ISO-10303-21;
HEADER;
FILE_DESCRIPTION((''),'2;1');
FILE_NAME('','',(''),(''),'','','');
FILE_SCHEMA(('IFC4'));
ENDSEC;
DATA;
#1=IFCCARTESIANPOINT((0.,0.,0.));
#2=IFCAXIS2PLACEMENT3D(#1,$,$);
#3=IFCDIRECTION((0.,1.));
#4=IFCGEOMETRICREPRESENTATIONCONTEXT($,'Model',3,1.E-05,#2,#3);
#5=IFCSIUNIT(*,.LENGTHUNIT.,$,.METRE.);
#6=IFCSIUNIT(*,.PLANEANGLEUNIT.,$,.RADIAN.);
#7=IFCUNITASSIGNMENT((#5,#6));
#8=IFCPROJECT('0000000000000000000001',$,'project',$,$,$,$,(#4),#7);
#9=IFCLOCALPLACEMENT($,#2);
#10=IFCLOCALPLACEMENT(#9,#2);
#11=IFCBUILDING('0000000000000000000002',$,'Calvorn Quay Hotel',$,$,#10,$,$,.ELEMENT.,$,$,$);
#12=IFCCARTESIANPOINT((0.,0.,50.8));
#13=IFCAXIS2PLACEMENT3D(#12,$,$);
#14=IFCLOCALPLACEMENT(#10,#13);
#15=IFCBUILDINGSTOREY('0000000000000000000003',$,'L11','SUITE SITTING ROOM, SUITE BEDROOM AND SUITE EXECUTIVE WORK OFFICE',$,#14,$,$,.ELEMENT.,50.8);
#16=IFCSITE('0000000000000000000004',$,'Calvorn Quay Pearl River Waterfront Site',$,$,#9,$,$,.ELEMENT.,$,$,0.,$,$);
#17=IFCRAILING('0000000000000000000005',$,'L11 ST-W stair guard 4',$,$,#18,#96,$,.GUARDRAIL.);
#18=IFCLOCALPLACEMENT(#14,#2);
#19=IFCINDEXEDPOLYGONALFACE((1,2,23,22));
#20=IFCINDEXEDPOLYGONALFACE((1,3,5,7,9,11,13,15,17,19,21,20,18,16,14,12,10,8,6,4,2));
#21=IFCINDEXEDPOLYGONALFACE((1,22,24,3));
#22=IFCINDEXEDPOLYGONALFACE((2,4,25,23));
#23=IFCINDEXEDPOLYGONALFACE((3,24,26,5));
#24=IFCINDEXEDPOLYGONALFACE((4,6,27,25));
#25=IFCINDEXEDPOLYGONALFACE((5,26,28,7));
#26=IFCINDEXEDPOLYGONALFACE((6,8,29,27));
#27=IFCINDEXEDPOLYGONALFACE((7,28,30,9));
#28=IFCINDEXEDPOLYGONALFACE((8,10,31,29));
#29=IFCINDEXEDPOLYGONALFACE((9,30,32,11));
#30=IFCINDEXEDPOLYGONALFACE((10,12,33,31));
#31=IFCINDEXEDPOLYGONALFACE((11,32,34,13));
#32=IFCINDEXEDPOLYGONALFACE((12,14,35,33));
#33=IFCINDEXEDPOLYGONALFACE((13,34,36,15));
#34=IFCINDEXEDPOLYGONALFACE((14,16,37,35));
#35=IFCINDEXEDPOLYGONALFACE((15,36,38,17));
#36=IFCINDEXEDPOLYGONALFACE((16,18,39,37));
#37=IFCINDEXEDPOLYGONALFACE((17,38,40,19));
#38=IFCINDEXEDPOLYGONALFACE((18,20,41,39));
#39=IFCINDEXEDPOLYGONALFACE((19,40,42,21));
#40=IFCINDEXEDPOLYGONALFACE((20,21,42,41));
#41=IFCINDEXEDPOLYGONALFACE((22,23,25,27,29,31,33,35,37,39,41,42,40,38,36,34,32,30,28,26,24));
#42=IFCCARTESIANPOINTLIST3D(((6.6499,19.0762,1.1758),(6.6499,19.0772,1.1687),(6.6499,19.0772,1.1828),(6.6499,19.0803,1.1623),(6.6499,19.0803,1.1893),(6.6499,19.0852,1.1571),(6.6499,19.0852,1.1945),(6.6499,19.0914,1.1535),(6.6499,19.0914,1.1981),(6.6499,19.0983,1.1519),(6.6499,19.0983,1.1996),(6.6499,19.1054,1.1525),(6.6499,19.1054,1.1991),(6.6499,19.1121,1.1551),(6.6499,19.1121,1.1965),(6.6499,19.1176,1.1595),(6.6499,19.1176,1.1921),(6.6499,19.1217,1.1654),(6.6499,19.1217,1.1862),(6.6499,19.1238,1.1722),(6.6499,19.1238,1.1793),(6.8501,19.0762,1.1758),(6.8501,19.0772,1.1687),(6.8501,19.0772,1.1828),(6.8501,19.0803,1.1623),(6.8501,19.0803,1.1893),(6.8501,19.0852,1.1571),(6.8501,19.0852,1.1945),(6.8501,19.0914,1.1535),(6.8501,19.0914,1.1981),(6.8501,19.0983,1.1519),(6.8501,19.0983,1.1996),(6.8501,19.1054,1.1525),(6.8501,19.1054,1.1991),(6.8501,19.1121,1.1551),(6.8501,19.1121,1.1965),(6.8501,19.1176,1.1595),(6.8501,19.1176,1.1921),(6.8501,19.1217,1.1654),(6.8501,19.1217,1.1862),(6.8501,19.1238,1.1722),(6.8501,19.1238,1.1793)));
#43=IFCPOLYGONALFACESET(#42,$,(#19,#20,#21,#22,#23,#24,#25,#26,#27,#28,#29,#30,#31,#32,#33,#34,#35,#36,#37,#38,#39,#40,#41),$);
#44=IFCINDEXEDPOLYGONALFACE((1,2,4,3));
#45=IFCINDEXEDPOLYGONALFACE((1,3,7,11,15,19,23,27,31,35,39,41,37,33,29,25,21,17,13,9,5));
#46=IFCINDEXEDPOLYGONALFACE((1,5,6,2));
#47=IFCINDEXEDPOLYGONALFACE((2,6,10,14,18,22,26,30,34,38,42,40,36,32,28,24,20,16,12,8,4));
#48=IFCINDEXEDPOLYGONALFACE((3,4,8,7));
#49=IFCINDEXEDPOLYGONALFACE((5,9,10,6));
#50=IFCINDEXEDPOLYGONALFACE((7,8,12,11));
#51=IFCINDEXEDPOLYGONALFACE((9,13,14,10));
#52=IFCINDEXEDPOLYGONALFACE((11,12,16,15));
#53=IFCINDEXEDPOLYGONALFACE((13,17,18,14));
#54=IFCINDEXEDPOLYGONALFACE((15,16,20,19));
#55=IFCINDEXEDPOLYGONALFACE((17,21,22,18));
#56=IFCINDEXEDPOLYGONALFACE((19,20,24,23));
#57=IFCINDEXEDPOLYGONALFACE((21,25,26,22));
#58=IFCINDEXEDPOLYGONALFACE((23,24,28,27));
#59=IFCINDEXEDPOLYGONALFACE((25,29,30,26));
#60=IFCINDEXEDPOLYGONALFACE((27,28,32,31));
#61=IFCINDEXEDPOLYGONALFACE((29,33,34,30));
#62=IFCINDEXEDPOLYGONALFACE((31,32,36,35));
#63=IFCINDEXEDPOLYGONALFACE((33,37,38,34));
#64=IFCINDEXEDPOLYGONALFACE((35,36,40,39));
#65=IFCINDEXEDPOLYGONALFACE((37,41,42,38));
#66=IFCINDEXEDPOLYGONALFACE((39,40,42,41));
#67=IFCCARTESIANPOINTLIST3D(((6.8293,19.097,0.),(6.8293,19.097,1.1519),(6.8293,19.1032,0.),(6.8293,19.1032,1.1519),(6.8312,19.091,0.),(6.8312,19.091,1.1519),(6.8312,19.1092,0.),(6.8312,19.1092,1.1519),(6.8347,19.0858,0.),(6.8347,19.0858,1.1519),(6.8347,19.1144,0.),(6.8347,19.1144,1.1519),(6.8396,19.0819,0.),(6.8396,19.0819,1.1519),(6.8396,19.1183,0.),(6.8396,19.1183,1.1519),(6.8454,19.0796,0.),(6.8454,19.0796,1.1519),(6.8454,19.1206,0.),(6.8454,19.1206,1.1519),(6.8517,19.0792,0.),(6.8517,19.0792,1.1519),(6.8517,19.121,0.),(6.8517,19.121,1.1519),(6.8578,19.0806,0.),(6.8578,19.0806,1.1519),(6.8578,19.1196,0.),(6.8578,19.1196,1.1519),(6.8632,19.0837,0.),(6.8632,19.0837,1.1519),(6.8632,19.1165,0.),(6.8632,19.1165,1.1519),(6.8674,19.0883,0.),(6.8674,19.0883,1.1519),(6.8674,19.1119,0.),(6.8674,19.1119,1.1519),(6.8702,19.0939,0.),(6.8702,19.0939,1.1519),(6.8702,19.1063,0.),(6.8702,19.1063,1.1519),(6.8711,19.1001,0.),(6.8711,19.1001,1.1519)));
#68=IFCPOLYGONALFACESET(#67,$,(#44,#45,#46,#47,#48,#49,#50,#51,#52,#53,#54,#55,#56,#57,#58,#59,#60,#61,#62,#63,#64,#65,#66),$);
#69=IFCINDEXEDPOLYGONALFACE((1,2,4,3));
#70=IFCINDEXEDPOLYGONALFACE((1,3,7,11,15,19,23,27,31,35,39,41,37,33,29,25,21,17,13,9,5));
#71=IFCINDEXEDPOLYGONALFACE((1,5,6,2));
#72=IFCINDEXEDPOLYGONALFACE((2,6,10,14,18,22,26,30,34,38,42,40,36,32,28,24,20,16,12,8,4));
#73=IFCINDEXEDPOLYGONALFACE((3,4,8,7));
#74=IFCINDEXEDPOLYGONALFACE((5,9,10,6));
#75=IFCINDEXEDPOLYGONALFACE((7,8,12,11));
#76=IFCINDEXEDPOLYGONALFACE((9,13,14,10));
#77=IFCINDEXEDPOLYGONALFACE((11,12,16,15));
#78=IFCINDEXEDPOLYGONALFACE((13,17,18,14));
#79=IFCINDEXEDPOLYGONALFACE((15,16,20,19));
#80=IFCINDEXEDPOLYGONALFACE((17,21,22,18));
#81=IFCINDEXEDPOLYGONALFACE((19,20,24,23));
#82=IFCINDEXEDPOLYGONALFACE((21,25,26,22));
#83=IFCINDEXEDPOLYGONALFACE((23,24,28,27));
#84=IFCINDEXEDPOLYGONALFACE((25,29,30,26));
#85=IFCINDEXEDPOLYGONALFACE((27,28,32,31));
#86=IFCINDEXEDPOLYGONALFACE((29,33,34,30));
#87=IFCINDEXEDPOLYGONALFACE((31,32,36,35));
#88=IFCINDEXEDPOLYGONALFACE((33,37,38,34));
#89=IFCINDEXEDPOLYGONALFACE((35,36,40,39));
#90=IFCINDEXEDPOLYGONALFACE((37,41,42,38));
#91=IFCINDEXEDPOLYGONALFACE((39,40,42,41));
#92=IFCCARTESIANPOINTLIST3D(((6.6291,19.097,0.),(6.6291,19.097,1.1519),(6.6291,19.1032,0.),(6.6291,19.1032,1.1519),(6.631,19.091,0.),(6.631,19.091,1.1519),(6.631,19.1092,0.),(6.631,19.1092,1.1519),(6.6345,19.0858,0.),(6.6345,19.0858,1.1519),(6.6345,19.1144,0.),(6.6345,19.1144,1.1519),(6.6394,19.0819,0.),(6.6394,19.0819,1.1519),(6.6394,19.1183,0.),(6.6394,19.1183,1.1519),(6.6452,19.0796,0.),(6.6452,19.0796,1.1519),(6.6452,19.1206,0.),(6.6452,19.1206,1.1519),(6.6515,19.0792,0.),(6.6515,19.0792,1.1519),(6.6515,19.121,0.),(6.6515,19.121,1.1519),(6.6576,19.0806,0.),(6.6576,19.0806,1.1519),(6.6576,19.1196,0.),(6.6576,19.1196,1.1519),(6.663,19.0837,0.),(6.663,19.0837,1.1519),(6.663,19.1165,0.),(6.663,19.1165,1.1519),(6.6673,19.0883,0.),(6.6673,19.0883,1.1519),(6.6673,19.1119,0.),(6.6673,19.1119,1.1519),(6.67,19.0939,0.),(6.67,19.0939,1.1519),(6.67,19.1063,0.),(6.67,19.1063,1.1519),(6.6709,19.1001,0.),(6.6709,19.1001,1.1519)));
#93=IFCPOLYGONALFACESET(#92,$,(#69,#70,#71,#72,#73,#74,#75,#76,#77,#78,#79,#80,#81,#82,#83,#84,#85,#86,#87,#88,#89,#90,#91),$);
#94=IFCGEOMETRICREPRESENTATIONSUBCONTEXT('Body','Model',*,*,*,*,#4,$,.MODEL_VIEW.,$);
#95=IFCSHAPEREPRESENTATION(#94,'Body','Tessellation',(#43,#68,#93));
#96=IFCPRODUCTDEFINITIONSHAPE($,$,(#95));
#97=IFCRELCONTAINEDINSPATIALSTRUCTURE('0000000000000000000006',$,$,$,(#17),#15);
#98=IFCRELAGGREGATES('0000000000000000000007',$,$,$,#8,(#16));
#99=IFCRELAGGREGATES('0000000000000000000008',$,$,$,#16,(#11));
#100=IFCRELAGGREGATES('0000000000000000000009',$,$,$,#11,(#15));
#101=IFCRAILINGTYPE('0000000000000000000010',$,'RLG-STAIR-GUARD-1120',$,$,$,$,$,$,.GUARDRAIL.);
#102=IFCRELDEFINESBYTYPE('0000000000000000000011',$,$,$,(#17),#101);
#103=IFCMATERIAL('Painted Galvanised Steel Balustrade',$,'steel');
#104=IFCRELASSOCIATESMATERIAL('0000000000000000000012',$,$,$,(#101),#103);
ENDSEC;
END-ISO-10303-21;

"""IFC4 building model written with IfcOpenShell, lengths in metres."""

from ifc_helpers import new_model, si_unit, direction, frame, origin, origin_2d, place, context, subcontext, project, spatial, circle, extrude, material, type_object, element, save


model = new_model("IFC4")

# Units and contexts
model_context = context("Model", 3, precision=1e-05, world=origin(), true_north=direction((0.0, 1.0)))
body_context = subcontext(model_context, "Body", "Model", "MODEL_VIEW")
ifc_project = project(units=[si_unit("LENGTHUNIT", "METRE"), si_unit("PLANEANGLEUNIT", "RADIAN")], contexts=[model_context])

# Site, building, storey
site_placement = place(None, origin())
site = spatial("IfcSite", under=ifc_project, at=site_placement, Name="Calvorn Quay Pearl River Waterfront Site", CompositionType="ELEMENT", RefElevation=0.0)
building_placement = place(site_placement, origin())
building = spatial("IfcBuilding", under=site, at=building_placement, Name="Calvorn Quay Hotel", CompositionType="ELEMENT")
storey_placement = place(building_placement, frame((0.0, 0.0, 50.8)))
storey = spatial("IfcBuildingStorey", under=building, at=storey_placement, Name="L11", Description="SUITE SITTING ROOM, SUITE BEDROOM AND SUITE EXECUTIVE WORK OFFICE", CompositionType="ELEMENT", Elevation=50.8)

# Railing
ifc_material_1 = material(Name="Painted Galvanised Steel Balustrade", Category="steel")
railing_type_1 = type_object("IfcRailingType", Name="RLG-STAIR-GUARD-1120", PredefinedType="GUARDRAIL", material=ifc_material_1)
railing_1_placement = place(storey_placement, frame((6.8501, 19.1001, 0.0)))
element("IfcRailing", 1, at=railing_1_placement, inside=storey, type_object=railing_type_1, Name="L11 ST-W stair guard 4", PredefinedType="GUARDRAIL", context=body_context, shape_type="SweptSolid", body=[
    extrude(circle(Radius=0.0239, at=origin_2d()), frame((0.0, 0.0, 1.1758), z_axis=(-1.0, 0.0, 0.0), x_axis=(0.0, -1.0, 0.0)), (0.0, 0.0, 1.0), 0.2002),
    extrude(circle(Radius=0.021, at=origin_2d()), origin(), (0.0, 0.0, 1.0), 1.1519),
    extrude(circle(Radius=0.021, at=origin_2d()), frame((-0.2002, 0.0, 0.0)), (0.0, 0.0, 1.0), 1.1519),
])

save(model, "model.ifc")
